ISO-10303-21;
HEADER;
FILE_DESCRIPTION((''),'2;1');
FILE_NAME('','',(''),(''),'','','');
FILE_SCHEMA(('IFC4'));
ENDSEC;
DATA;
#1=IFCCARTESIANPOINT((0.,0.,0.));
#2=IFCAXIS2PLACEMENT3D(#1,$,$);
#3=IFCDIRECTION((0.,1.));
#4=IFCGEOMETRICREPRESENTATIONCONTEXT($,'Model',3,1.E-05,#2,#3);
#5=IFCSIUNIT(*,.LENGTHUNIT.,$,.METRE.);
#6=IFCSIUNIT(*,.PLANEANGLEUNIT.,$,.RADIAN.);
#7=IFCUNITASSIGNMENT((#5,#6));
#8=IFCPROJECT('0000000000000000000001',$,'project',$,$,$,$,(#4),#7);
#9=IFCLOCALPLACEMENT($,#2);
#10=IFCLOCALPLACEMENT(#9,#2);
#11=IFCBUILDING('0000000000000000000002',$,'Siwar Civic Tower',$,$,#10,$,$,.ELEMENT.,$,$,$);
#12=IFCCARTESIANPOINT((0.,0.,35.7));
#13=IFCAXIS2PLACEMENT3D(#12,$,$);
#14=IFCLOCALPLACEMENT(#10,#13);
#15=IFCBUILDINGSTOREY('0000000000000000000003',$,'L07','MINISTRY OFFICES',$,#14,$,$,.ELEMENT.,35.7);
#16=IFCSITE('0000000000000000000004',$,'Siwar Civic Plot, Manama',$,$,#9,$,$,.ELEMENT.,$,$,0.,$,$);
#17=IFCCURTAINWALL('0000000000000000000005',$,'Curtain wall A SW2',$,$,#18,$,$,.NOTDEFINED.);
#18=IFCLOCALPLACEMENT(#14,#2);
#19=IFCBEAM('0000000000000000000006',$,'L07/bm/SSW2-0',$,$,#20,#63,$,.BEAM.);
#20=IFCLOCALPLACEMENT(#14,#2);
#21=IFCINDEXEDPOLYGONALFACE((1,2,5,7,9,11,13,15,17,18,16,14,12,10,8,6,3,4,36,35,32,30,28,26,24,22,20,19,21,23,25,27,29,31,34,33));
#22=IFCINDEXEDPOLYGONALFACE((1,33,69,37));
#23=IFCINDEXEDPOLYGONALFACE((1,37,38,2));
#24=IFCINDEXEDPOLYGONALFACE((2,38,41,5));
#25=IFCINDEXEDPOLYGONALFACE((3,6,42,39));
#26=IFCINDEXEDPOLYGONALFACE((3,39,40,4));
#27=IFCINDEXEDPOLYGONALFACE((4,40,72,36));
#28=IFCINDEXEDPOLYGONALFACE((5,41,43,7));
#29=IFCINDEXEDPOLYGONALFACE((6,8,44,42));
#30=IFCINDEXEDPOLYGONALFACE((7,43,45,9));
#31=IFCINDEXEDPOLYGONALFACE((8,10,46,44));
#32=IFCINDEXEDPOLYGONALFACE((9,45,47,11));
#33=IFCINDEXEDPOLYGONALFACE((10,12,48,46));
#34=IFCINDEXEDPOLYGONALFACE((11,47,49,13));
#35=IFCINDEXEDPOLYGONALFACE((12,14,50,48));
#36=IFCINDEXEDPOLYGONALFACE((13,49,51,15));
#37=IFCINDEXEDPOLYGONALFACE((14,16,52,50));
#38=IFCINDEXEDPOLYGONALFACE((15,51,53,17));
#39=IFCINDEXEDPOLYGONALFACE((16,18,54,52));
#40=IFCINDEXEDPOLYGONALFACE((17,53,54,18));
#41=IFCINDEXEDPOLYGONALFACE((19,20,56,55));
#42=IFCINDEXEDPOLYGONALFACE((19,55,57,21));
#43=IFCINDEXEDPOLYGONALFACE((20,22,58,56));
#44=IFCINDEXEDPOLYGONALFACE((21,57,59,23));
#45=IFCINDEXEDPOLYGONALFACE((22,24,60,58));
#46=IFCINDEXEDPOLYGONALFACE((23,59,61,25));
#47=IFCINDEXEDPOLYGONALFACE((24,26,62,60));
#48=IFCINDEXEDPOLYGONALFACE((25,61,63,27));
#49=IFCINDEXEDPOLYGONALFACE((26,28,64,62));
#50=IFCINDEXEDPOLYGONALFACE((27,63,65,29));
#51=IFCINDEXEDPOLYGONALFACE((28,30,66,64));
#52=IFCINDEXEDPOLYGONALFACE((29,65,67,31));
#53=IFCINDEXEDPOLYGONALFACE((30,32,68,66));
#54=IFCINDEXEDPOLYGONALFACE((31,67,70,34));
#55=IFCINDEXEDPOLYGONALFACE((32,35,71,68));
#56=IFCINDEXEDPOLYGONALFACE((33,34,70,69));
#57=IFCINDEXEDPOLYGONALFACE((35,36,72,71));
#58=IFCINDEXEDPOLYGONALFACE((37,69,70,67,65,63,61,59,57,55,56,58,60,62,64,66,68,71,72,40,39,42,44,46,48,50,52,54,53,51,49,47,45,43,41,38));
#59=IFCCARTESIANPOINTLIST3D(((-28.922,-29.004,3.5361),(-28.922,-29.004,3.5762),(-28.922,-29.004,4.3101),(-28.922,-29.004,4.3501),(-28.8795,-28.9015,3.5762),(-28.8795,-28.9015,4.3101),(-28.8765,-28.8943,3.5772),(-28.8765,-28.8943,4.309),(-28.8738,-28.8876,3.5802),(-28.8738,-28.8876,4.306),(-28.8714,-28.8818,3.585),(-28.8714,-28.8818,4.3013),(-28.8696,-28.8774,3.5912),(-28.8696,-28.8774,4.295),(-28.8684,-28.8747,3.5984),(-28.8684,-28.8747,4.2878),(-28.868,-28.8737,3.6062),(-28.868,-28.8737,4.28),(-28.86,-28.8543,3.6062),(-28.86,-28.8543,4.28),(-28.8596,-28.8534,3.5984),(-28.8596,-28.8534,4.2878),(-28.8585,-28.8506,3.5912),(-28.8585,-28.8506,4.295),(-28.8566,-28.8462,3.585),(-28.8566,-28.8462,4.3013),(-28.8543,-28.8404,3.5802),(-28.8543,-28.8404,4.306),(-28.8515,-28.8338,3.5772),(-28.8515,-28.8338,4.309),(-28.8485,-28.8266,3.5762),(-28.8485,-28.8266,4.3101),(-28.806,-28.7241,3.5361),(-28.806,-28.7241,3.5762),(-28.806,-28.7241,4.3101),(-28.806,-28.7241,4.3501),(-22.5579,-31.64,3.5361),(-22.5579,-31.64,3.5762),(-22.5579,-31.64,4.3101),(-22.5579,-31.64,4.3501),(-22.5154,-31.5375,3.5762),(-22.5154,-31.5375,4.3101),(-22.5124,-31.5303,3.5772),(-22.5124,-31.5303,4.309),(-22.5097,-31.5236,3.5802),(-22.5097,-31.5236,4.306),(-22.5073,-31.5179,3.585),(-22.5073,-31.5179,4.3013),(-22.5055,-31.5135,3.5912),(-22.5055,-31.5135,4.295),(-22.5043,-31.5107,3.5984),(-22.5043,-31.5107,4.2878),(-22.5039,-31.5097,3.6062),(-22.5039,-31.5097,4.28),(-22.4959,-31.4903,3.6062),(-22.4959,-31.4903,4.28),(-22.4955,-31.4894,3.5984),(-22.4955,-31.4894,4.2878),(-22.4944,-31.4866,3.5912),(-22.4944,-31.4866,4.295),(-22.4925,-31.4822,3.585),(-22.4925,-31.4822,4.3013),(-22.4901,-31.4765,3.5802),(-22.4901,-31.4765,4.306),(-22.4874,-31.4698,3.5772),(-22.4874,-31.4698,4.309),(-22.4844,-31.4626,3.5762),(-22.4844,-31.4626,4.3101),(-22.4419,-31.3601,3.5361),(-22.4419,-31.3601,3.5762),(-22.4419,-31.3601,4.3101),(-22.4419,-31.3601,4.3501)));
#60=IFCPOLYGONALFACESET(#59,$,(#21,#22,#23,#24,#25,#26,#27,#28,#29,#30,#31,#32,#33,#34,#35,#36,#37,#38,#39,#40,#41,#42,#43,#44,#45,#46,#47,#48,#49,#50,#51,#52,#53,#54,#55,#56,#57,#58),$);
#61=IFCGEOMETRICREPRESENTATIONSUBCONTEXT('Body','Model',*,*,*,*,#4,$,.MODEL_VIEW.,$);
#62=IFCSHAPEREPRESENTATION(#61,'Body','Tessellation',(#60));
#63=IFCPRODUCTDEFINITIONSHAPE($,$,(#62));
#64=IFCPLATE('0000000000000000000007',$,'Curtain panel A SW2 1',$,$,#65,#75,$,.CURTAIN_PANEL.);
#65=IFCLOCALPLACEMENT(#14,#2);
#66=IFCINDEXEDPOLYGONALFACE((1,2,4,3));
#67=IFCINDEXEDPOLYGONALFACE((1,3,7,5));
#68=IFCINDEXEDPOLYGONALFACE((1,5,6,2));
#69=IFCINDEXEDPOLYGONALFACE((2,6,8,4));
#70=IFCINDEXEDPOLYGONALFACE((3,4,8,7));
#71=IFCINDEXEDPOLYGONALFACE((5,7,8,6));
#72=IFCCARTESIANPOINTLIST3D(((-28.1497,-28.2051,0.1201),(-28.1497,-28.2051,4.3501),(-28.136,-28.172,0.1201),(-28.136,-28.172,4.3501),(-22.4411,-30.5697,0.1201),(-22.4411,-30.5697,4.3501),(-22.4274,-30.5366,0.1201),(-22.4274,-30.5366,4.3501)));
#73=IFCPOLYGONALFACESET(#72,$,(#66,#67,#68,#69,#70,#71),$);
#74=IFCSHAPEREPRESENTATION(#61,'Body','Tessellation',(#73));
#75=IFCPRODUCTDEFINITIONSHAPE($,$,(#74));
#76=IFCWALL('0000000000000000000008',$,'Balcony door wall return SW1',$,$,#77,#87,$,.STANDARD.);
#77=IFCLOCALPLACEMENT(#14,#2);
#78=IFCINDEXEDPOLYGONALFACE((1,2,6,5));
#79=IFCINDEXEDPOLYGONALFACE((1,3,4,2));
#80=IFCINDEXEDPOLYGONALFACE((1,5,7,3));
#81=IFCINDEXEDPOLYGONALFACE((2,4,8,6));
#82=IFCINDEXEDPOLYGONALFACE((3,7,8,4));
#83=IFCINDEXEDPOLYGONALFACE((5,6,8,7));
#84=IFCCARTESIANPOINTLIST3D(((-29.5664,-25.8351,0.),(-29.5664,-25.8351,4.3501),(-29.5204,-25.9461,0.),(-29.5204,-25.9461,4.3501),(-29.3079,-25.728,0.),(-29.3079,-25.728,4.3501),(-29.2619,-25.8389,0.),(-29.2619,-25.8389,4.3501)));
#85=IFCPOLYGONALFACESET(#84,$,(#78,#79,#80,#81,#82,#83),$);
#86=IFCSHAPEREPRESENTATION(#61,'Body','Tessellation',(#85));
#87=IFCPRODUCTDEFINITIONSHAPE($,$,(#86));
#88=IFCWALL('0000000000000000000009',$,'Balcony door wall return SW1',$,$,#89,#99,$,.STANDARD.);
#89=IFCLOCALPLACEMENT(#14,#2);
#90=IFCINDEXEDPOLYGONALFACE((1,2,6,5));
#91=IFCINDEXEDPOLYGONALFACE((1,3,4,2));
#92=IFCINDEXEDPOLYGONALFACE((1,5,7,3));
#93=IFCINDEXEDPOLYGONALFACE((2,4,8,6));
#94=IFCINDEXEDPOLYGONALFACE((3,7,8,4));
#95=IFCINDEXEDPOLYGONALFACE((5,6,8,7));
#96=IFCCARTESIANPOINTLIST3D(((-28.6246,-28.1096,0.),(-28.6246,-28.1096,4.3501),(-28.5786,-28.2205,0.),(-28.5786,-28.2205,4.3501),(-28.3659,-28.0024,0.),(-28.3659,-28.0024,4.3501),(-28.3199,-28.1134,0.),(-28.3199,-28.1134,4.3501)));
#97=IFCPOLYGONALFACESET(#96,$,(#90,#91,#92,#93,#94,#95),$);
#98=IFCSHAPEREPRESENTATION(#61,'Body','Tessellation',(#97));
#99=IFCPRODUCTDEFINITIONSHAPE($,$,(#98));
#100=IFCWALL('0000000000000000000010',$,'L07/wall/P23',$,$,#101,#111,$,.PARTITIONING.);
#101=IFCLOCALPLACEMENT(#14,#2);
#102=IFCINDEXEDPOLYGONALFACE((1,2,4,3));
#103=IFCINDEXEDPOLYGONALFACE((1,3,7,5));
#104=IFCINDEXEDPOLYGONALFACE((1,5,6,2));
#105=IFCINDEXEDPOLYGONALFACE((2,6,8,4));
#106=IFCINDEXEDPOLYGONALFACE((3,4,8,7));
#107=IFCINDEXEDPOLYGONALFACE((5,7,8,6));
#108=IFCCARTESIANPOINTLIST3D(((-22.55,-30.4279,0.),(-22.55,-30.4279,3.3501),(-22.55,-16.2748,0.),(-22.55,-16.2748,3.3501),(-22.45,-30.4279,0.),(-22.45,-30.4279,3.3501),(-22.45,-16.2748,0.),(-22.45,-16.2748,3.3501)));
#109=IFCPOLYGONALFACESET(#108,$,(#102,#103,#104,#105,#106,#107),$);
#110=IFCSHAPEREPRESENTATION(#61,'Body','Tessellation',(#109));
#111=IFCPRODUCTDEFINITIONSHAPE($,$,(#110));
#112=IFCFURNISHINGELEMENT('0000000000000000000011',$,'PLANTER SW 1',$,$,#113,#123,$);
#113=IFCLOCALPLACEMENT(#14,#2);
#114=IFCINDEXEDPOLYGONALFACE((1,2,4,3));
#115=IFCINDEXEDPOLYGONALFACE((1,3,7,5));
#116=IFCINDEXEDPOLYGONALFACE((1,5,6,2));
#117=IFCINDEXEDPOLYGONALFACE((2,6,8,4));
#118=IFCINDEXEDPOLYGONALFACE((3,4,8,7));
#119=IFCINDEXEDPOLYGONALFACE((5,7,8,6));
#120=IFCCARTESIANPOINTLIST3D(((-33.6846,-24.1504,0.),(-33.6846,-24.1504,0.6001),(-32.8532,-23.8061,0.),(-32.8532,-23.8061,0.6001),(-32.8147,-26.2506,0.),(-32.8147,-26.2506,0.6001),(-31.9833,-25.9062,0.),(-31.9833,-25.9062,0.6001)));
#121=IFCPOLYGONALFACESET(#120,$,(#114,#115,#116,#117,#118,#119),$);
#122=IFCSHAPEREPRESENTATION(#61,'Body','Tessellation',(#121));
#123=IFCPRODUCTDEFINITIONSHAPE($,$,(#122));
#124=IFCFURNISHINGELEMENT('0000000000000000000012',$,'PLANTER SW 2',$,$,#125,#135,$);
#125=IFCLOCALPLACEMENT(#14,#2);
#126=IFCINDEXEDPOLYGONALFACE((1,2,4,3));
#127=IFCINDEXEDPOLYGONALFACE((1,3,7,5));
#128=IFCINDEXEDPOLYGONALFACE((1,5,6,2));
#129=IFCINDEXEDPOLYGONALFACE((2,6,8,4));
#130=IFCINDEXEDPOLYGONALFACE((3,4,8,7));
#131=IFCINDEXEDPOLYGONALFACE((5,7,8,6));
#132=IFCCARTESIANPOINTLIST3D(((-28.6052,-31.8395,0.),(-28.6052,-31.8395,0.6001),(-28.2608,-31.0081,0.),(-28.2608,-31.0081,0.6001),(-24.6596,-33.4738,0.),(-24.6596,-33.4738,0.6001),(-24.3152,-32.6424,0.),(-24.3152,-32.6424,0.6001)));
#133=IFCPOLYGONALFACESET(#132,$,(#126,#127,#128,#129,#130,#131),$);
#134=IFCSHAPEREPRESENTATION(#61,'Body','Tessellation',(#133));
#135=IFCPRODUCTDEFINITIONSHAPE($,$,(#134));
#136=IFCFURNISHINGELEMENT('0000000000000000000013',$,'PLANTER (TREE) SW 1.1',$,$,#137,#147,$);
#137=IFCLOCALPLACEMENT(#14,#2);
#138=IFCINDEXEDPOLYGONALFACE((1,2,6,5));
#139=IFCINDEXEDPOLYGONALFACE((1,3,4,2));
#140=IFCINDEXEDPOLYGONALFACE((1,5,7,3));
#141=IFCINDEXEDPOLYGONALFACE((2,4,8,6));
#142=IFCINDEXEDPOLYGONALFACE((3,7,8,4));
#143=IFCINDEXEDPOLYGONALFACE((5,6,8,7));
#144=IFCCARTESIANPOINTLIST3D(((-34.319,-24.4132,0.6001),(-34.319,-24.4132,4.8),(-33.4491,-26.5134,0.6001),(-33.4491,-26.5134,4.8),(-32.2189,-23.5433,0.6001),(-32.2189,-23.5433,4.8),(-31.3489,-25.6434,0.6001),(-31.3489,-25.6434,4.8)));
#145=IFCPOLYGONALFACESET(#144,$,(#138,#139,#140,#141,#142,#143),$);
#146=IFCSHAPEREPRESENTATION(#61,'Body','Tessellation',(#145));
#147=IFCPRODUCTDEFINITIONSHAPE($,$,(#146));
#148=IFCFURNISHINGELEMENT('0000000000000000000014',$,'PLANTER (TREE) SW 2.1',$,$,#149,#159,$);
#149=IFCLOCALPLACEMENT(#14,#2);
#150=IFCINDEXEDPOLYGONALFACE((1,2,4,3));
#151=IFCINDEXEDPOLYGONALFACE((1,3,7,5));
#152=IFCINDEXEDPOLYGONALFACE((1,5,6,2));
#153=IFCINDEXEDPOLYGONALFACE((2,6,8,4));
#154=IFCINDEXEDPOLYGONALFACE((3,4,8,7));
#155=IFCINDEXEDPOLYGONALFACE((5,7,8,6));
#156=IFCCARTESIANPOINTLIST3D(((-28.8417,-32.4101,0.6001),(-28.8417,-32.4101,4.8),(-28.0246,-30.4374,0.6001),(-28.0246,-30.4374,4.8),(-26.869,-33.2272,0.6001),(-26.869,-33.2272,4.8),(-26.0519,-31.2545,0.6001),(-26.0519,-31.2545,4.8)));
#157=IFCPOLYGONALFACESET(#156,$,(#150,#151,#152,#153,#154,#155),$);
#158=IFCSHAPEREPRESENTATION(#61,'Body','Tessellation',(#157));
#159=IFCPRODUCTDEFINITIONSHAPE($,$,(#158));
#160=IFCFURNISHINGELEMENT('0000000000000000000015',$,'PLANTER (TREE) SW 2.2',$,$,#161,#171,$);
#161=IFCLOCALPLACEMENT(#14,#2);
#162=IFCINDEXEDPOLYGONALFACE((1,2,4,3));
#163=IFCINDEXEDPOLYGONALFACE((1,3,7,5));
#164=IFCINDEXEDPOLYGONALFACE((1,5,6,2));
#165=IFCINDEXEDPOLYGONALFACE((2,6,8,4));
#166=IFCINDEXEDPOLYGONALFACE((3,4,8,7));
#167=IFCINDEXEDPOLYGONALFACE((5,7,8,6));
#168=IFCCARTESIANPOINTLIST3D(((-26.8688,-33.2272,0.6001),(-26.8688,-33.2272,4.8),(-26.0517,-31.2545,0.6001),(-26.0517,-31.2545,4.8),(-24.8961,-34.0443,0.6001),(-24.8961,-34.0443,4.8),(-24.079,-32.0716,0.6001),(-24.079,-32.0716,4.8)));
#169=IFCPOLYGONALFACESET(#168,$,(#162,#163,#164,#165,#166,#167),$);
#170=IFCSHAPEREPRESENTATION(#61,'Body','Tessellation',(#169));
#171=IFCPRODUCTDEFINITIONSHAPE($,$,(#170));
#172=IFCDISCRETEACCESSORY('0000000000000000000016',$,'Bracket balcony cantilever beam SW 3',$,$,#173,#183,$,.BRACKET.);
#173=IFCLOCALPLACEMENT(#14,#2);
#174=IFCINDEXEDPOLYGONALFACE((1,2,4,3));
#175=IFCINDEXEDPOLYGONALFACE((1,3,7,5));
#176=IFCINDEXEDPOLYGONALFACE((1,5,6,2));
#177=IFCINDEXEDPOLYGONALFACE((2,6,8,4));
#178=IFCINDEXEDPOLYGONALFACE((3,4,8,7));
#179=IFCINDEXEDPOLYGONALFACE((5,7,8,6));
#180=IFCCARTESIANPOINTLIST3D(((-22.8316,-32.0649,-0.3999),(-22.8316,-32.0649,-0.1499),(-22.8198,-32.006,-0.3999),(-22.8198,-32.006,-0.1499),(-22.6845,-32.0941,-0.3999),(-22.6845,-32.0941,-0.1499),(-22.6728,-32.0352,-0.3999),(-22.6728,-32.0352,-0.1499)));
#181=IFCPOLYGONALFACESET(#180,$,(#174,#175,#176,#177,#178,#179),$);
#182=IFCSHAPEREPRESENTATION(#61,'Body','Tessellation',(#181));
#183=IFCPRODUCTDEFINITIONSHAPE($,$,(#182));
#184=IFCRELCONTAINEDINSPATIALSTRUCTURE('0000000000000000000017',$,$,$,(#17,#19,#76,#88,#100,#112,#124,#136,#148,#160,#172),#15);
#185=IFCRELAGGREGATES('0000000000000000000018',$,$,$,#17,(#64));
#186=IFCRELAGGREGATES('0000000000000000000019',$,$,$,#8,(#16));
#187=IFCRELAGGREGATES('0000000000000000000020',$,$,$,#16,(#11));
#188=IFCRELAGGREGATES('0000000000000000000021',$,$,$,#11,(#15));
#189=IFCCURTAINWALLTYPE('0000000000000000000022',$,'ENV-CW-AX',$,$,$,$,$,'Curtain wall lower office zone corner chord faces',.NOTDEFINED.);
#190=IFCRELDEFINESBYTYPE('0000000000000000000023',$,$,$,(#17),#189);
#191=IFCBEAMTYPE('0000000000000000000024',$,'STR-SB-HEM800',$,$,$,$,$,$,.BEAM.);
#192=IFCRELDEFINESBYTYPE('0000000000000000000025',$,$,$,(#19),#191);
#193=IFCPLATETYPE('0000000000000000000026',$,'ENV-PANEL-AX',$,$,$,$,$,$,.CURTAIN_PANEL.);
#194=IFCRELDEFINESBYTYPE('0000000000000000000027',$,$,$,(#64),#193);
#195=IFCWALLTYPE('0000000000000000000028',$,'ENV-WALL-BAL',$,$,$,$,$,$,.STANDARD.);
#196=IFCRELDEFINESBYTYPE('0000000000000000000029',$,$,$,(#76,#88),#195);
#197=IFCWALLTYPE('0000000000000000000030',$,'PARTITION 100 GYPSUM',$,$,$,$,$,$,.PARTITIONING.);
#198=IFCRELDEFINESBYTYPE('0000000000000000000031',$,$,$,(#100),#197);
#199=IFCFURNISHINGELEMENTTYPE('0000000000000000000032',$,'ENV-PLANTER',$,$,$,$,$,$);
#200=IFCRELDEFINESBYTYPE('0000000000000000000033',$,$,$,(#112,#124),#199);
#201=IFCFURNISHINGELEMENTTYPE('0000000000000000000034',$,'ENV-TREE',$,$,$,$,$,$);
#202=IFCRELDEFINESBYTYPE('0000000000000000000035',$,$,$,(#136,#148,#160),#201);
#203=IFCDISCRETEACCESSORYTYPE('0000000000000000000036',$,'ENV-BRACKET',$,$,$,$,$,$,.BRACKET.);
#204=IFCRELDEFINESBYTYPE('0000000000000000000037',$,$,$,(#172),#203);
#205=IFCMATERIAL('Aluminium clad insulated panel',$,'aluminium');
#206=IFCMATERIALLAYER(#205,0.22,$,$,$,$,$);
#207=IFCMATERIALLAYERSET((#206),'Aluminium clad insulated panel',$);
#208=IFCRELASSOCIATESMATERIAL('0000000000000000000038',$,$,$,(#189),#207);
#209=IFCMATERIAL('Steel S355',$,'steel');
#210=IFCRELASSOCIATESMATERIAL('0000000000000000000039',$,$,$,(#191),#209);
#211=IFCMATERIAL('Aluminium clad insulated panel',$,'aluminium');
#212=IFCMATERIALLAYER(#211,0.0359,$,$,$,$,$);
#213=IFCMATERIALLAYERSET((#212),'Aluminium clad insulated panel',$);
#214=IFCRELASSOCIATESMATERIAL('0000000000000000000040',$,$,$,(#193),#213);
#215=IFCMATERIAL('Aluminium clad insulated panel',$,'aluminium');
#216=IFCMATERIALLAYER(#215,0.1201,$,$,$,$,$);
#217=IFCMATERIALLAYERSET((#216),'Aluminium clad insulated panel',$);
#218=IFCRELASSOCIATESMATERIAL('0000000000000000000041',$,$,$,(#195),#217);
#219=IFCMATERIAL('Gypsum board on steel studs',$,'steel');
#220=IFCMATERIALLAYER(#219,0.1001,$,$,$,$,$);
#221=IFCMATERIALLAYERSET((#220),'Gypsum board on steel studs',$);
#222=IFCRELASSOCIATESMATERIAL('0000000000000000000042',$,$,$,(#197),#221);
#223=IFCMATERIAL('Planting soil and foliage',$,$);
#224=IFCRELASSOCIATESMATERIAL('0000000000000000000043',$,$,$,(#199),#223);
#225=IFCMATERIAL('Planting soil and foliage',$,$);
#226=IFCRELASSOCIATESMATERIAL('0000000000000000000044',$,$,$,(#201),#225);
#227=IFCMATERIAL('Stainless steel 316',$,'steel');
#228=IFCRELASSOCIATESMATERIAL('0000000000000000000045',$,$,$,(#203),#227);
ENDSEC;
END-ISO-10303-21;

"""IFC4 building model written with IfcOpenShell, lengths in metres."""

from ifc_helpers import new_model, si_unit, direction, frame, frame_2d, origin, origin_2d, place, context, subcontext, project, spatial, rectangle, i_section, extrude, material, layer, layer_set, material_profile, profile_set, type_object, element, aggregate, save


model = new_model("IFC4")

# Units and contexts
model_context = context("Model", 3, precision=1e-05, world=origin(), true_north=direction((0.0, 1.0)))
body_context = subcontext(model_context, "Body", "Model", "MODEL_VIEW")
ifc_project = project(units=[si_unit("LENGTHUNIT", "METRE"), si_unit("PLANEANGLEUNIT", "RADIAN")], contexts=[model_context])

# Site, building, storey
site_placement = place(None, origin())
site = spatial("IfcSite", under=ifc_project, at=site_placement, Name="Siwar Civic Plot, Manama", CompositionType="ELEMENT", RefElevation=0.0)
building_placement = place(site_placement, origin())
building = spatial("IfcBuilding", under=site, at=building_placement, Name="Siwar Civic Tower", CompositionType="ELEMENT")
storey_placement = place(building_placement, frame((0.0, 0.0, 35.7)))
storey = spatial("IfcBuildingStorey", under=building, at=storey_placement, Name="L07", Description="MINISTRY OFFICES", CompositionType="ELEMENT", Elevation=35.7)

# Shared definitions
ifc_material_1 = material(Name="Aluminium clad insulated panel", Category="aluminium")
ifc_layer_1 = layer(ifc_material_1, 0.22)
ifc_layer_set_1 = layer_set([ifc_layer_1], Name="Aluminium clad insulated panel")
curtain_wall_type = type_object("IfcCurtainWallType", Name="ENV-CW-AX", ElementType="Curtain wall lower office zone corner chord faces", PredefinedType="NOTDEFINED", material=ifc_layer_set_1)

# Curtain wall
curtain_wall_1_placement = place(storey_placement, origin())
curtain_wall_1 = element("IfcCurtainWall", 1, at=curtain_wall_1_placement, inside=storey, type_object=curtain_wall_type, Name="Curtain wall A SW2", PredefinedType="NOTDEFINED")

# Beam
ifc_material_2 = material(Name="Steel S355", Category="steel")
ifc_material_profile_1 = material_profile(ifc_material_2, i_section(OverallWidth=0.303, OverallDepth=0.814, WebThickness=0.021, FlangeThickness=0.04, FilletRadius=0.03, at=origin_2d()), Name="HEM800")
ifc_profile_set_1 = profile_set([ifc_material_profile_1], Name="Steel S355")
beam_type_1 = type_object("IfcBeamType", Name="STR-SB-HEM800", PredefinedType="BEAM", material=ifc_profile_set_1)
beam_1_placement = place(storey_placement, frame((-28.864, -28.864, 3.9431), z_axis=(0.923883, -0.382674, 0.0), x_axis=(0.382674, 0.923883, 0.0)))
element("IfcBeam", 2, at=beam_1_placement, inside=storey, type_object=beam_type_1, Name="L07/bm/SSW2-0", PredefinedType="BEAM", context=body_context, shape_type="SweptSolid", body=[
    extrude(i_section(OverallWidth=0.303, OverallDepth=0.814, WebThickness=0.021, FlangeThickness=0.04, FilletRadius=0.03, at=origin_2d()), origin(), (0.0, 0.0, 1.0), 6.8884),
])

# Plate
ifc_material_3 = material(Name="Aluminium clad insulated panel", Category="aluminium")
ifc_layer_2 = layer(ifc_material_3, 0.0359)
ifc_layer_set_2 = layer_set([ifc_layer_2], Name="Aluminium clad insulated panel")
plate_type = type_object("IfcPlateType", Name="ENV-PANEL-AX", PredefinedType="CURTAIN_PANEL", material=ifc_layer_set_2)
plate_placement = place(storey_placement, frame((-25.2886, -29.3708, 0.1201), z_axis=(0.0, 0.0, 1.0), x_axis=(0.92388, -0.382683, 0.0)))
plate = element("IfcPlate", 3, at=plate_placement, type_object=plate_type, Name="Curtain panel A SW2 1", PredefinedType="CURTAIN_PANEL", context=body_context, shape_type="SweptSolid", body=[
    extrude(rectangle(XDim=6.179, YDim=0.0359, at=origin_2d()), origin(), (0.0, 0.0, 1.0), 4.23),
])
aggregate(curtain_wall_1, [plate])

# Walls
ifc_material_4 = material(Name="Aluminium clad insulated panel", Category="aluminium")
ifc_layer_3 = layer(ifc_material_4, 0.1201)
ifc_layer_set_3 = layer_set([ifc_layer_3], Name="Aluminium clad insulated panel")
wall_type_1 = type_object("IfcWallType", Name="ENV-WALL-BAL", PredefinedType="STANDARD", material=ifc_layer_set_3)
wall_1_placement = place(storey_placement, frame((-29.2849, -25.7834, 0.0), z_axis=(0.0, 0.0, 1.0), x_axis=(-0.923772, -0.382942, 0.0)))
element("IfcWall", 4, at=wall_1_placement, inside=storey, type_object=wall_type_1, Name="Balcony door wall return SW1", PredefinedType="STANDARD", context=body_context, shape_type="SweptSolid", body=[
    extrude(rectangle(XDim=0.2798, YDim=0.1201, at=frame_2d((0.1399, 0.0))), origin(), (0.0, 0.0, 1.0), 4.3501),
])
wall_2_placement = place(storey_placement, frame((-28.3428, -28.0579, 0.0), z_axis=(0.0, 0.0, 1.0), x_axis=(-0.9239, -0.382634, 0.0)))
element("IfcWall", 5, at=wall_2_placement, inside=storey, type_object=wall_type_1, Name="Balcony door wall return SW1", PredefinedType="STANDARD", context=body_context, shape_type="SweptSolid", body=[
    extrude(rectangle(XDim=0.28, YDim=0.1201, at=frame_2d((0.1401, 0.0))), origin(), (0.0, 0.0, 1.0), 4.3501),
])

# Wall
ifc_material_5 = material(Name="Gypsum board on steel studs", Category="steel")
ifc_layer_4 = layer(ifc_material_5, 0.1001)
ifc_layer_set_4 = layer_set([ifc_layer_4], Name="Gypsum board on steel studs")
wall_type_2 = type_object("IfcWallType", Name="PARTITION 100 GYPSUM", PredefinedType="PARTITIONING", material=ifc_layer_set_4)
wall_3_placement = place(storey_placement, frame((-22.5, -30.428, 0.0), z_axis=(0.0, 0.0, 1.0), x_axis=(0.0, 1.0, 0.0)))
element("IfcWall", 6, at=wall_3_placement, inside=storey, type_object=wall_type_2, Name="L07/wall/P23", PredefinedType="PARTITIONING", context=body_context, shape_type="SweptSolid", body=[
    extrude(rectangle(XDim=14.1531, YDim=0.1001, at=frame_2d((7.0767, 0.0))), origin(), (0.0, 0.0, 1.0), 3.3501),
])

# Furnishing elements
ifc_material_6 = material(Name="Planting soil and foliage")
furnishing_element_type_1 = type_object("IfcFurnishingElementType", Name="ENV-PLANTER", material=ifc_material_6)
furnishing_1_placement = place(storey_placement, frame((-32.834, -25.0283, 0.0), z_axis=(0.0, 0.0, 1.0), x_axis=(0.382683, -0.92388, 0.0)))
element("IfcFurnishingElement", 7, at=furnishing_1_placement, inside=storey, type_object=furnishing_element_type_1, Name="PLANTER SW 1", context=body_context, shape_type="SweptSolid", body=[
    extrude(rectangle(XDim=2.2732, YDim=0.8999, at=origin_2d()), origin(), (0.0, 0.0, 1.0), 0.6001),
])
furnishing_2_placement = place(storey_placement, frame((-26.4602, -32.241, 0.0), z_axis=(0.0, 0.0, 1.0), x_axis=(0.92388, -0.382683, 0.0)))
element("IfcFurnishingElement", 8, at=furnishing_2_placement, inside=storey, type_object=furnishing_element_type_1, Name="PLANTER SW 2", context=body_context, shape_type="SweptSolid", body=[
    extrude(rectangle(XDim=4.2708, YDim=0.8999, at=origin_2d()), origin(), (0.0, 0.0, 1.0), 0.6001),
])
ifc_material_7 = material(Name="Planting soil and foliage")
furnishing_element_type_2 = type_object("IfcFurnishingElementType", Name="ENV-TREE", material=ifc_material_7)
furnishing_3_placement = place(storey_placement, frame((-32.834, -25.0283, 0.6001), z_axis=(0.0, 0.0, 1.0), x_axis=(0.382683, -0.92388, 0.0)))
element("IfcFurnishingElement", 9, at=furnishing_3_placement, inside=storey, type_object=furnishing_element_type_2, Name="PLANTER (TREE) SW 1.1", context=body_context, shape_type="SweptSolid", body=[
    extrude(rectangle(XDim=2.2732, YDim=2.2732, at=origin_2d()), origin(), (0.0, 0.0, 1.0), 4.2),
])
for number, where, z_axis, x_axis, name in (
    (10, (-27.4468, -31.8323, 0.6001), (0.0, 0.0, 1.0), (0.92388, -0.382683, 0.0), "PLANTER (TREE) SW 2.1"),
    (11, (-25.4739, -32.6494, 0.6001), (0.0, 0.0, 1.0), (0.92388, -0.382683, 0.0), "PLANTER (TREE) SW 2.2"),
):
    element("IfcFurnishingElement", number, at=place(storey_placement, frame(where, z_axis=z_axis, x_axis=x_axis)), inside=storey, type_object=furnishing_element_type_2, Name=name, context=body_context, shape_type="SweptSolid", body=[
        extrude(rectangle(XDim=2.1353, YDim=2.1353, at=origin_2d()), origin(), (0.0, 0.0, 1.0), 4.2),
    ])

# Discrete accessory
ifc_material_8 = material(Name="Stainless steel 316", Category="steel")
discrete_accessory_type_1 = type_object("IfcDiscreteAccessoryType", Name="ENV-BRACKET", PredefinedType="BRACKET", material=ifc_material_8)
discrete_accessory_placement = place(storey_placement, frame((-22.7522, -32.05, -0.3999), z_axis=(0.0, 0.0, 1.0), x_axis=(-0.19509, -0.980785, 0.0)))
element("IfcDiscreteAccessory", 12, at=discrete_accessory_placement, inside=storey, type_object=discrete_accessory_type_1, Name="Bracket balcony cantilever beam SW 3", PredefinedType="BRACKET", context=body_context, shape_type="SweptSolid", body=[
    extrude(rectangle(XDim=0.0601, YDim=0.1499, at=origin_2d()), origin(), (0.0, 0.0, 1.0), 0.25),
])

save(model, "model.ifc")
